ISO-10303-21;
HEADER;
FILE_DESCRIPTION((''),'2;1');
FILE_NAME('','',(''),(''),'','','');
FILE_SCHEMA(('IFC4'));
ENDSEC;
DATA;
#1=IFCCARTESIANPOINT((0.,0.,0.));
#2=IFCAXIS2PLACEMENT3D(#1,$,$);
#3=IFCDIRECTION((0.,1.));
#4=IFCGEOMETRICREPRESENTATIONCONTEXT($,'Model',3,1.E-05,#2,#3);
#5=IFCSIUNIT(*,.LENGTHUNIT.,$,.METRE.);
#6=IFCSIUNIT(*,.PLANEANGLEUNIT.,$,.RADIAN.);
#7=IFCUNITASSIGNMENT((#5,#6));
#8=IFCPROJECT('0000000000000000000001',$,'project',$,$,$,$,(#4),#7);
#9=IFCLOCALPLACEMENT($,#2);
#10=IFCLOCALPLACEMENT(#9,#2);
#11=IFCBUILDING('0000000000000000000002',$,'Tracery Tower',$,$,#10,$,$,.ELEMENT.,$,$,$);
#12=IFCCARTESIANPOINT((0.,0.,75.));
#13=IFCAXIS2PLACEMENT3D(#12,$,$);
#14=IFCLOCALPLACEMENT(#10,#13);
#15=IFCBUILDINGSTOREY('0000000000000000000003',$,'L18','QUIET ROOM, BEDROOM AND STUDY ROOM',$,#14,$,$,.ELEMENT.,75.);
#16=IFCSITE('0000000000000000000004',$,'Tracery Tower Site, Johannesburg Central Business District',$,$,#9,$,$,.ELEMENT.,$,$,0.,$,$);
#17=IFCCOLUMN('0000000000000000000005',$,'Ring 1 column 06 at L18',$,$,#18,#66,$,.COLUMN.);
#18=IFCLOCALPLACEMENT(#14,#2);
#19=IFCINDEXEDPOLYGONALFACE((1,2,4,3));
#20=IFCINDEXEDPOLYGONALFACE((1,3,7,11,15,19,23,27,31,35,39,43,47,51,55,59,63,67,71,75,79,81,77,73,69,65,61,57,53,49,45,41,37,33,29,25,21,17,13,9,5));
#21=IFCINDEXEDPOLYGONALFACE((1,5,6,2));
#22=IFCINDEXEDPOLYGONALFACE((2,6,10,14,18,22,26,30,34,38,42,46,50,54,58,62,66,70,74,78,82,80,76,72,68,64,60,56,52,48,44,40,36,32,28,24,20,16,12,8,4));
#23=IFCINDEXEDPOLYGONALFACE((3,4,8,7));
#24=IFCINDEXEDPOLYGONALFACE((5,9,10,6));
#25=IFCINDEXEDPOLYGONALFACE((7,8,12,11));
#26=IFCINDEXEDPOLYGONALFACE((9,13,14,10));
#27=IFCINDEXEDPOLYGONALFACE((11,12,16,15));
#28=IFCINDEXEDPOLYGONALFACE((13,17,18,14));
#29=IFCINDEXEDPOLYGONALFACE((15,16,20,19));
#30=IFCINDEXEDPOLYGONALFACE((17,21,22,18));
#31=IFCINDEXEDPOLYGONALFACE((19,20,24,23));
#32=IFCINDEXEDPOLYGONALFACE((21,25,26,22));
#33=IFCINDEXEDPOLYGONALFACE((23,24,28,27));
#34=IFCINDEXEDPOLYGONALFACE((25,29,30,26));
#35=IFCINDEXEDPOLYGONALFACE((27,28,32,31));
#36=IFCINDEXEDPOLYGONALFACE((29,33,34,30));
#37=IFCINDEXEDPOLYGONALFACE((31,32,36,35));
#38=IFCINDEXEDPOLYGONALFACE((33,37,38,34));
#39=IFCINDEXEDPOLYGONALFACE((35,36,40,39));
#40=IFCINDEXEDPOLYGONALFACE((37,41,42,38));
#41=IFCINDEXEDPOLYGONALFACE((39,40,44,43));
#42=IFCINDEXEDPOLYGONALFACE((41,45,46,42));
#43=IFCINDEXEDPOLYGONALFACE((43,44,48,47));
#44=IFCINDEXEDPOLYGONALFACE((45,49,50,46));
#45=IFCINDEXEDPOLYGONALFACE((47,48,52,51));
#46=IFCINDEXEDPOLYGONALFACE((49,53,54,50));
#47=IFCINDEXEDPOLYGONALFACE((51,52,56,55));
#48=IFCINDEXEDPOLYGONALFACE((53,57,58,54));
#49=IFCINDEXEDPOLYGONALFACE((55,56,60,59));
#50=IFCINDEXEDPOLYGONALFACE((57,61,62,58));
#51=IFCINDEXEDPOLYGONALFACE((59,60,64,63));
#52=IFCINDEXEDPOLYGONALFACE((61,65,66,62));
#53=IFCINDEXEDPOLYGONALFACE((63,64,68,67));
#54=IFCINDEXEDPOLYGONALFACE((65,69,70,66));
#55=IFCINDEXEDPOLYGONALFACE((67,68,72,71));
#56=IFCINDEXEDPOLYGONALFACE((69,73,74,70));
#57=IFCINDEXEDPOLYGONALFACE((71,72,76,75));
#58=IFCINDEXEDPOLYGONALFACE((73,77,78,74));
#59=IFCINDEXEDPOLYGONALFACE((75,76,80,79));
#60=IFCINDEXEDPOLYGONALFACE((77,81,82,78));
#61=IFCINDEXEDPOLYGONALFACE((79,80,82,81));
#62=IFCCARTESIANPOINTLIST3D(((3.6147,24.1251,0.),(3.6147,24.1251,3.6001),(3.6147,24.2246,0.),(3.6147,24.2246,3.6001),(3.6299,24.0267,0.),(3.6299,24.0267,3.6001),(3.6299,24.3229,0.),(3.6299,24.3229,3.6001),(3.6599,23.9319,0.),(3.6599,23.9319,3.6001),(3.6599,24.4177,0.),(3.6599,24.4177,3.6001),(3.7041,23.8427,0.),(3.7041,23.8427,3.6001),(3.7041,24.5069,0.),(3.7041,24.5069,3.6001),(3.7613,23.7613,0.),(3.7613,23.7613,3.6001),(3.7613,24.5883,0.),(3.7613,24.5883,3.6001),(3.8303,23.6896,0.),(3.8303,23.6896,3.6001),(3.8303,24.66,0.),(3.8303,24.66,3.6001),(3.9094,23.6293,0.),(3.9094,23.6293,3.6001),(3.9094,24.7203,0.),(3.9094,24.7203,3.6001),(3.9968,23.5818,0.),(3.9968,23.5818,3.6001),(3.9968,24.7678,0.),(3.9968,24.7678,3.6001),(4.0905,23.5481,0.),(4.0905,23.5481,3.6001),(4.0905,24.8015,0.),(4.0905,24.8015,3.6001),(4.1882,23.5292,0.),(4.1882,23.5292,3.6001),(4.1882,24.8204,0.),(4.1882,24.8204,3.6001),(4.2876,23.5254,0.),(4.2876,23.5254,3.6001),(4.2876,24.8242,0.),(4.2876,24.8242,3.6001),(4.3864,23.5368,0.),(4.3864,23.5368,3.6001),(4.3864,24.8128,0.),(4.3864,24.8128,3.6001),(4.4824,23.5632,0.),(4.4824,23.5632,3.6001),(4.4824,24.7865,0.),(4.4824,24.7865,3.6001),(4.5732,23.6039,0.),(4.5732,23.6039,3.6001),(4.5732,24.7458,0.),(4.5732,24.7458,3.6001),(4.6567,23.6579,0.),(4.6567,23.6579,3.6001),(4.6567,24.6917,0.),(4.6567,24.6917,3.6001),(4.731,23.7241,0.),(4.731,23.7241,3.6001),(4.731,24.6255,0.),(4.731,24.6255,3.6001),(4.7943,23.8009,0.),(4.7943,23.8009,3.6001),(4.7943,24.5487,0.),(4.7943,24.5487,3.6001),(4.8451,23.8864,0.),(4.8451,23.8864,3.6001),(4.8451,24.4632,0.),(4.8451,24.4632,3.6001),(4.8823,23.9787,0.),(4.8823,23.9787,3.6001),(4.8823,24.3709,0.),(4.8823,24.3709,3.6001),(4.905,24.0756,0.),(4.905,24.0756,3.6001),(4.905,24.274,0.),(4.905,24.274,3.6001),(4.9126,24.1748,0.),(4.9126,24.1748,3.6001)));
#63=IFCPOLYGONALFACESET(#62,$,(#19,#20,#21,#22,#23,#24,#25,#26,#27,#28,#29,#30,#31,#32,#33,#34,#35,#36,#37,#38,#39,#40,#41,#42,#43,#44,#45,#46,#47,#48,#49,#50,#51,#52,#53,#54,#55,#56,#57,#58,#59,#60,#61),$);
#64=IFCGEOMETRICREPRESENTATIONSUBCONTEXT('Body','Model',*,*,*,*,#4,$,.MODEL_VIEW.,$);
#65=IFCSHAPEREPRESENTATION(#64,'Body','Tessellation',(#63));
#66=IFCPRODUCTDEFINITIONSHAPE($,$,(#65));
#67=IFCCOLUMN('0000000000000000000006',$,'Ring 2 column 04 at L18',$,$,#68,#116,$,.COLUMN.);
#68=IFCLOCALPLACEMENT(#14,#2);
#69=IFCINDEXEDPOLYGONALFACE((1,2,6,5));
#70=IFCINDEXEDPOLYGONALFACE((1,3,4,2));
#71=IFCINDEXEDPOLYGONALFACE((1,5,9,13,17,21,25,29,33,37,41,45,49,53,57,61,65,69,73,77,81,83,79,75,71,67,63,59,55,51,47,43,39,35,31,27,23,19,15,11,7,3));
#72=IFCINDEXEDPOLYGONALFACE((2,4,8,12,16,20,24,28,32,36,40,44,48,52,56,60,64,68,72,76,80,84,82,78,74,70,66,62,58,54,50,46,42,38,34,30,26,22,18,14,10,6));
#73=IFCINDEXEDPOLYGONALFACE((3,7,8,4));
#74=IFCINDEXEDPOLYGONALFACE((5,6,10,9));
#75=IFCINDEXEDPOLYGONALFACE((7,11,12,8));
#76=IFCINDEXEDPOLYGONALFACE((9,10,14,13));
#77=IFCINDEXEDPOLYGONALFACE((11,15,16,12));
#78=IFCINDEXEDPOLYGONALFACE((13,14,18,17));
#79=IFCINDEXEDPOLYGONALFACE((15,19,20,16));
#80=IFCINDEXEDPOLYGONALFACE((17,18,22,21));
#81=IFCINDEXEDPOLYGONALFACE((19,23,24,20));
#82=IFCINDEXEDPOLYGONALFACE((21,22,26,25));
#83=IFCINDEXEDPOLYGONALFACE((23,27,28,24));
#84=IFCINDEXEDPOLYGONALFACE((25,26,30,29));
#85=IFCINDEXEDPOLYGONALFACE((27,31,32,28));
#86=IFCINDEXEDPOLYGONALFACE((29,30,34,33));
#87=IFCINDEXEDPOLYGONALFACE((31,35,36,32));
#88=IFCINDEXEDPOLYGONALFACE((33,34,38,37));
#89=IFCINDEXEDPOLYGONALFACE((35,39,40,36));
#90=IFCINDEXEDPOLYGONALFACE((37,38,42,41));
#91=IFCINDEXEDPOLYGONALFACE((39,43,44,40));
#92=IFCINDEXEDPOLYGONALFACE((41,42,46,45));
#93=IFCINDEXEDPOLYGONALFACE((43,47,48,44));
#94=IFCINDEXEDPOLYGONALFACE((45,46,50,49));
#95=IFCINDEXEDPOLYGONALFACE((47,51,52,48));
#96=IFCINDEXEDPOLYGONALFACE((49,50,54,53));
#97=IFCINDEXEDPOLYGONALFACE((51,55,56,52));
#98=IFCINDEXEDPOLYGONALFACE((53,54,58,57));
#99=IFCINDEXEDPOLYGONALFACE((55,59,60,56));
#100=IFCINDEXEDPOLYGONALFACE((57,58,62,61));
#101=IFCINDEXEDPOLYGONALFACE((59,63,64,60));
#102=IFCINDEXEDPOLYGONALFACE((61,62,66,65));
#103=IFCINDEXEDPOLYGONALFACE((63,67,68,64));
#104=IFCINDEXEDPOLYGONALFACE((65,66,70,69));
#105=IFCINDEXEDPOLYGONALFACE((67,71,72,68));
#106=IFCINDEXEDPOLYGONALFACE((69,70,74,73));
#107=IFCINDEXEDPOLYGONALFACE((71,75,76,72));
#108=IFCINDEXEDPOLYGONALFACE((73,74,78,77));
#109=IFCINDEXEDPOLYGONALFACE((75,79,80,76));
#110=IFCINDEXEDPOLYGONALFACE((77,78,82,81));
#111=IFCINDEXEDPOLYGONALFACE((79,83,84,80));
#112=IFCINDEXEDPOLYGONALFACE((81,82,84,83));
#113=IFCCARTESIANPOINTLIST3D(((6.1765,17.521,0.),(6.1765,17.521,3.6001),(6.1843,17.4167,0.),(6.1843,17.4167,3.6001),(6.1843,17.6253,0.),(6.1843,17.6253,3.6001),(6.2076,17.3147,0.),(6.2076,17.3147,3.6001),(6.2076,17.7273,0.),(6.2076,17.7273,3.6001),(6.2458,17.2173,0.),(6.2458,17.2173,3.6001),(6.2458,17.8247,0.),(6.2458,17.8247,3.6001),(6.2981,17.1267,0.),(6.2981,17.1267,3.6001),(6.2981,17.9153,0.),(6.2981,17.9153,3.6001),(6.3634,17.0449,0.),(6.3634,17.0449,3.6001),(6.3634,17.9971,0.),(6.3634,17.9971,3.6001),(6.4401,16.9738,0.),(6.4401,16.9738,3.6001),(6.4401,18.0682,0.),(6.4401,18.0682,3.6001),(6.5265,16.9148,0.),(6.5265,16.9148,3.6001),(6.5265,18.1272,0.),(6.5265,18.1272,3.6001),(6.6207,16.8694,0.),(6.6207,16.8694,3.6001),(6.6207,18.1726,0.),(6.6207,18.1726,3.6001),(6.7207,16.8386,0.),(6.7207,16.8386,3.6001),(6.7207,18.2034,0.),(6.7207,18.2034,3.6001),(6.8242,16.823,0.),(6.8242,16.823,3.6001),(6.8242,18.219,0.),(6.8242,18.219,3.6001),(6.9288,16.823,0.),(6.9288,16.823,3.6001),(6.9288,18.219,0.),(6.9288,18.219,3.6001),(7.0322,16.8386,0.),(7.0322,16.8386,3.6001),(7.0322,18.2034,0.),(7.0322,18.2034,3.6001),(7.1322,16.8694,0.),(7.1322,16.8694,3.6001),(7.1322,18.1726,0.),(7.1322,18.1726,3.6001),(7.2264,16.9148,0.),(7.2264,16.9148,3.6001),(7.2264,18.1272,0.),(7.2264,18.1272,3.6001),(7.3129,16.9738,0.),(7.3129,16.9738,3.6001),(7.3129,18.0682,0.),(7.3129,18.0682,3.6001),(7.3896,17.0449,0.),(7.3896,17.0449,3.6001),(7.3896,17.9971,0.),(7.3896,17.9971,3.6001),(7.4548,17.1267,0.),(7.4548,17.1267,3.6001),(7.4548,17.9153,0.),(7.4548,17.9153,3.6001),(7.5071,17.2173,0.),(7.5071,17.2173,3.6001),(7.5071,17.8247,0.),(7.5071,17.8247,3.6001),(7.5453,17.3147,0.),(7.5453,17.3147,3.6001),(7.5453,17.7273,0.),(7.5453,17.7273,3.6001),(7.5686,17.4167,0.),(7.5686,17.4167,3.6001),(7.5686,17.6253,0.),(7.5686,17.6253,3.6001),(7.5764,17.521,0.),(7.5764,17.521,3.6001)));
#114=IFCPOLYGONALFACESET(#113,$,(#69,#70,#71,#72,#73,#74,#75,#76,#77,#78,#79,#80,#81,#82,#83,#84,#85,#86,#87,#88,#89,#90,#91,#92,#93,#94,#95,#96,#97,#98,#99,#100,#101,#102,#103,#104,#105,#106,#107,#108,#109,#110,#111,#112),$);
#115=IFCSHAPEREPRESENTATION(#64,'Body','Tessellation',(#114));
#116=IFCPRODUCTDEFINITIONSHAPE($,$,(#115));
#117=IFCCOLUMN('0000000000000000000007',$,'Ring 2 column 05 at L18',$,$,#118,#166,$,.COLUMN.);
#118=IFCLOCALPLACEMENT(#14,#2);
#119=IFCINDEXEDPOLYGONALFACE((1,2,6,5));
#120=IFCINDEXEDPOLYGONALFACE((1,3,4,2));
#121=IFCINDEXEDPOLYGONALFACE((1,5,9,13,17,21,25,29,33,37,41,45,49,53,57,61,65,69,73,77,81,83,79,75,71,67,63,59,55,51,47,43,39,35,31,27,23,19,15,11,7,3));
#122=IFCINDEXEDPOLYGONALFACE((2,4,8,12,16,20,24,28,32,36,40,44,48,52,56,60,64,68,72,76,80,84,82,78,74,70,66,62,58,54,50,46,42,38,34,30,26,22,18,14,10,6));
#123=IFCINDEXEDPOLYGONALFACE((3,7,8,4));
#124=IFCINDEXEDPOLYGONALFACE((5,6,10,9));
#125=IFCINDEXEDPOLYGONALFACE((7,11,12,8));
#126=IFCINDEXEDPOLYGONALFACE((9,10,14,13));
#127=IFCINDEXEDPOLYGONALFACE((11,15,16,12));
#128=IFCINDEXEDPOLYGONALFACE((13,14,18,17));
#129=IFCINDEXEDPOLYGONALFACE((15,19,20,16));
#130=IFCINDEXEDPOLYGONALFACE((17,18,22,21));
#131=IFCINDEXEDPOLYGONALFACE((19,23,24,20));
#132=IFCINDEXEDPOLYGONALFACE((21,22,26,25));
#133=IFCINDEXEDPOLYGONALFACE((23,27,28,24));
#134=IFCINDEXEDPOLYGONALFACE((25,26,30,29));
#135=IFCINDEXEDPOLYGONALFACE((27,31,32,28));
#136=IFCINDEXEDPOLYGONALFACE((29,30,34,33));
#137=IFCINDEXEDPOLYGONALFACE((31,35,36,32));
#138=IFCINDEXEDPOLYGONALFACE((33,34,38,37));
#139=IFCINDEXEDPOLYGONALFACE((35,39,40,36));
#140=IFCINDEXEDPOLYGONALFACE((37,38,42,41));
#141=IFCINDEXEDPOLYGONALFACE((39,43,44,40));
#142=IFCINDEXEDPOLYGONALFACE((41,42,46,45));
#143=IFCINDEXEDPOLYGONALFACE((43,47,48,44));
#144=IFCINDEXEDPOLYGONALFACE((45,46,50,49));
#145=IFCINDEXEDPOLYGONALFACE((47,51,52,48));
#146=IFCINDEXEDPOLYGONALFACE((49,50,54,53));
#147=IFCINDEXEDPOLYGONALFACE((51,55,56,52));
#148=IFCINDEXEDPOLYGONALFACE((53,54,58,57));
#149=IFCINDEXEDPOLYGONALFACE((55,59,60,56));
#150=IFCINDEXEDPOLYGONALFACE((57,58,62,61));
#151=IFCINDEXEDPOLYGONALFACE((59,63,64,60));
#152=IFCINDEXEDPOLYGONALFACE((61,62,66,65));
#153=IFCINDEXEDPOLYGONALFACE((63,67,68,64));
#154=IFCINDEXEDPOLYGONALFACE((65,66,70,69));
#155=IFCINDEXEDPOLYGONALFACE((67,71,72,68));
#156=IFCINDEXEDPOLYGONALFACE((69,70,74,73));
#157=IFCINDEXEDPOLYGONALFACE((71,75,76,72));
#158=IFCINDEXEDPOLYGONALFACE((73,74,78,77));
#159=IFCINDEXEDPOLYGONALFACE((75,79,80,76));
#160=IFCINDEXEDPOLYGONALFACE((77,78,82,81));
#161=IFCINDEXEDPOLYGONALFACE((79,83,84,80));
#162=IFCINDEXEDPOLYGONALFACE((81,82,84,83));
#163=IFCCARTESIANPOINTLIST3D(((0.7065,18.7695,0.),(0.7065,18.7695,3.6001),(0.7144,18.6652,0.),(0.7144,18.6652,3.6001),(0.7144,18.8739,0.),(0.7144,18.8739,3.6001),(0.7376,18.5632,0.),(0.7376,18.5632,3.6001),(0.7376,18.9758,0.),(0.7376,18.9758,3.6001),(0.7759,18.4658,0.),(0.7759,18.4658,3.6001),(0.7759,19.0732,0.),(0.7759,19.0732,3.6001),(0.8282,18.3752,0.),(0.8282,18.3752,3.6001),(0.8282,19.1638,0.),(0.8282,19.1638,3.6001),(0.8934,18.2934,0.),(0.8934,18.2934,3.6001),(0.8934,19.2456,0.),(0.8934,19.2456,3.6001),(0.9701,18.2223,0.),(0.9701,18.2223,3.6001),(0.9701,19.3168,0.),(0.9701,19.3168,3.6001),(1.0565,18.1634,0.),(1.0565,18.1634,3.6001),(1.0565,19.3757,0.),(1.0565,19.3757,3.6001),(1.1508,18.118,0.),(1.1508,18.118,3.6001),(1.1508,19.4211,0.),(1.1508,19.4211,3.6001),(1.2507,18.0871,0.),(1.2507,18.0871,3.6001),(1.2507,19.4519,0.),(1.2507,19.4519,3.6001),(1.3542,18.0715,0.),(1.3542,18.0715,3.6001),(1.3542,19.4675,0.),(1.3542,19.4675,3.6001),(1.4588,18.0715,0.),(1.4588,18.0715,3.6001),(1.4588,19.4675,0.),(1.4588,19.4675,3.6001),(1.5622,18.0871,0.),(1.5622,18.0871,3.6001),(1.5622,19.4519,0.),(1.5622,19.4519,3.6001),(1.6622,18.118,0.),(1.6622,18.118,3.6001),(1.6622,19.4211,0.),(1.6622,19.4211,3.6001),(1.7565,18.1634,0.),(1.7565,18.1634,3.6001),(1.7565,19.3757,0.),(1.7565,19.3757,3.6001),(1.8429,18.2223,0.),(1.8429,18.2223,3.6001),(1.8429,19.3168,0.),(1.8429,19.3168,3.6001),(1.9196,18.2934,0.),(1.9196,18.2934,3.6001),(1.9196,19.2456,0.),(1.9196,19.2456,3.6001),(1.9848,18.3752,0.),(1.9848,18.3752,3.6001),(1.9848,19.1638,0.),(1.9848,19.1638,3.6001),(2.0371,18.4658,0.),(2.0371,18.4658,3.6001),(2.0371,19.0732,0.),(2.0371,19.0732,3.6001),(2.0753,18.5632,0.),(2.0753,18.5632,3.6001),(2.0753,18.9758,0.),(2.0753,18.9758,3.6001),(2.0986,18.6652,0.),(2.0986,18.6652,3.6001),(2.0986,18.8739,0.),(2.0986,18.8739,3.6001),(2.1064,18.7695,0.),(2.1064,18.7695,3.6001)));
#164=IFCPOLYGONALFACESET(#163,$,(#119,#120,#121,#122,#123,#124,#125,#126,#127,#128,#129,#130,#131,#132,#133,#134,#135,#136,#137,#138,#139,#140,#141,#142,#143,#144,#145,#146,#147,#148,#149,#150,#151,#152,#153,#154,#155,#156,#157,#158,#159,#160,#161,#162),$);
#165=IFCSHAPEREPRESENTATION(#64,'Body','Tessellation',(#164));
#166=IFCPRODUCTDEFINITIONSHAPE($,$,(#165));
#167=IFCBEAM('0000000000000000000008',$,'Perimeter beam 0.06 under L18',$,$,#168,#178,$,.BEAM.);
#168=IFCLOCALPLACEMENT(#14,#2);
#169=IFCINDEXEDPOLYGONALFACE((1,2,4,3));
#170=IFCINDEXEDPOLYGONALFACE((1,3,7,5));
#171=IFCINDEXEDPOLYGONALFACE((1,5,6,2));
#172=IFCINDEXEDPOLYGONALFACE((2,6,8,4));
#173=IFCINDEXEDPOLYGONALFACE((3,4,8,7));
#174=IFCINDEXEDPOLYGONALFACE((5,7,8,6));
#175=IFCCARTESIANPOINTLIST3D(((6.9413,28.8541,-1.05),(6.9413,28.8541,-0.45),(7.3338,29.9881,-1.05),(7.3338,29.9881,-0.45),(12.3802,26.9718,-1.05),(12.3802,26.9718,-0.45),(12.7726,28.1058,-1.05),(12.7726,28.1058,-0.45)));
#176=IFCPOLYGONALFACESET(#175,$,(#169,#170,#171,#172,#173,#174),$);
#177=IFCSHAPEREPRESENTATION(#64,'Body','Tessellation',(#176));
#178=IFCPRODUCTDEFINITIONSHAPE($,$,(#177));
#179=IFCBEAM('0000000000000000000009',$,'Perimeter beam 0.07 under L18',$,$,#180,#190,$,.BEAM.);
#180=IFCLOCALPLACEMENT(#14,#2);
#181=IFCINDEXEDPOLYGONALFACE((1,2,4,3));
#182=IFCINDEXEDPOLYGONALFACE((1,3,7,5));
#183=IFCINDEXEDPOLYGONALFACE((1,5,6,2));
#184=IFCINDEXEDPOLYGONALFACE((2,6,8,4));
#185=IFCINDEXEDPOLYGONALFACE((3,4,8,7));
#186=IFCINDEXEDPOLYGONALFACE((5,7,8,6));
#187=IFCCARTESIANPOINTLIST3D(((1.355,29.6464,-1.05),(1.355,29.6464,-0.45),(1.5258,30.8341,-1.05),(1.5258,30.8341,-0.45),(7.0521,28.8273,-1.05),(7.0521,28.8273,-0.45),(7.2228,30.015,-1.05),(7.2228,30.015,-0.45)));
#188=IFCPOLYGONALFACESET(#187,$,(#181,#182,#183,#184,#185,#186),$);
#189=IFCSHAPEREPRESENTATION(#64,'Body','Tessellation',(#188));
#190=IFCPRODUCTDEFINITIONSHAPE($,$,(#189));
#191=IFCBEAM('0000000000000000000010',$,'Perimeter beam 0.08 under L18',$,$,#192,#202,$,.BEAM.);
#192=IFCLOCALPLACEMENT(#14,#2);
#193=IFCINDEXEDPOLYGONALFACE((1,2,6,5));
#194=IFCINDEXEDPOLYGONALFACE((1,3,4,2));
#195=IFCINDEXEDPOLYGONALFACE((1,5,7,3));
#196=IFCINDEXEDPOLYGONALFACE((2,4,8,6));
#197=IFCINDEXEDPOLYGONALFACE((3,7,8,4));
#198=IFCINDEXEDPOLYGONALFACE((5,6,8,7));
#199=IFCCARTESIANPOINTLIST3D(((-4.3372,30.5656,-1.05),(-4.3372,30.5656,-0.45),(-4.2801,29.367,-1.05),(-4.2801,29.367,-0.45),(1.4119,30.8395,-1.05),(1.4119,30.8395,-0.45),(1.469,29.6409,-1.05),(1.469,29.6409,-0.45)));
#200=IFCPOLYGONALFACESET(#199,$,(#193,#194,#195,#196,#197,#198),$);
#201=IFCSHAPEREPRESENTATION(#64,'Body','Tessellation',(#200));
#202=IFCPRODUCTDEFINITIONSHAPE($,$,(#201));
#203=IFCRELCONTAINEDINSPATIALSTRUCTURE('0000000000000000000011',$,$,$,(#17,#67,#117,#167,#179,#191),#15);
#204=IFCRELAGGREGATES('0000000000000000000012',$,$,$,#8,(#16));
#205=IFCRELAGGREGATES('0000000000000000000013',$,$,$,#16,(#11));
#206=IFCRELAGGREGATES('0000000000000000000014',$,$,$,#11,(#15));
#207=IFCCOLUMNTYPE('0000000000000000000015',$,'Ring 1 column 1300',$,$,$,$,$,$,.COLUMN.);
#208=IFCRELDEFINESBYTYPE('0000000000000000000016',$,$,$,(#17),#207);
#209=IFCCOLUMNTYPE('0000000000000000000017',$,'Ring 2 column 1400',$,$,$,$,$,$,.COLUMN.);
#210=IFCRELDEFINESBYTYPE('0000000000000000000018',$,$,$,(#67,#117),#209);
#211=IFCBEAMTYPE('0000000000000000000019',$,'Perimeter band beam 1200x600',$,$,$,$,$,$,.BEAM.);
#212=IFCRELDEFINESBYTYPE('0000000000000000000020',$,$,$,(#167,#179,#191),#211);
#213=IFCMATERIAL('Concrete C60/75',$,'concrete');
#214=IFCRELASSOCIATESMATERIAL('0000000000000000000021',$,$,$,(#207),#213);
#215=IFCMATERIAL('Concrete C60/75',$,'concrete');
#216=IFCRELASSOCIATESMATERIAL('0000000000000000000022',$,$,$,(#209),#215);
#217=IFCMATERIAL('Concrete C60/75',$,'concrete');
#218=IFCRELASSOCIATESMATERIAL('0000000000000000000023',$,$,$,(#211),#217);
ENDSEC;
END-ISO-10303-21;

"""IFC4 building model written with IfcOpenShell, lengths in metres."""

from ifc_helpers import new_model, si_unit, direction, frame, origin, origin_2d, place, context, subcontext, project, spatial, rectangle, circle, extrude, material, material_profile, profile_set, type_object, element, save


model = new_model("IFC4")

# Units and contexts
model_context = context("Model", 3, precision=1e-05, world=origin(), true_north=direction((0.0, 1.0)))
body_context = subcontext(model_context, "Body", "Model", "MODEL_VIEW")
ifc_project = project(units=[si_unit("LENGTHUNIT", "METRE"), si_unit("PLANEANGLEUNIT", "RADIAN")], contexts=[model_context])

# Site, building, storey
site_placement = place(None, origin())
site = spatial("IfcSite", under=ifc_project, at=site_placement, Name="Tracery Tower Site, Johannesburg Central Business District", CompositionType="ELEMENT", RefElevation=0.0)
building_placement = place(site_placement, origin())
building = spatial("IfcBuilding", under=site, at=building_placement, Name="Tracery Tower", CompositionType="ELEMENT")
storey_placement = place(building_placement, frame((0.0, 0.0, 75.0)))
storey = spatial("IfcBuildingStorey", under=building, at=storey_placement, Name="L18", Description="QUIET ROOM, BEDROOM AND STUDY ROOM", CompositionType="ELEMENT", Elevation=75.0)

# Columns
ifc_material_1 = material(Name="Concrete C60/75", Category="concrete")
ifc_material_profile_1 = material_profile(ifc_material_1, circle(Radius=0.6499, at=origin_2d()), Name="RC D1300")
ifc_profile_set_1 = profile_set([ifc_material_profile_1], Name="Concrete C60/75")
column_type_1 = type_object("IfcColumnType", Name="Ring 1 column 1300", PredefinedType="COLUMN", material=ifc_profile_set_1)
for number, where, z_axis, x_axis, name in (
    (1, (4.2627, 24.1748, 0.0), (0.0, 0.0, 1.0), (1.0, 0.0, 0.0), "Ring 1 column 06 at L18"),
):
    element("IfcColumn", number, at=place(storey_placement, frame(where, z_axis=z_axis, x_axis=x_axis)), inside=storey, type_object=column_type_1, Name=name, PredefinedType="COLUMN", context=body_context, shape_type="SweptSolid", body=[
        extrude(circle(Radius=0.6499, at=origin_2d()), origin(), (0.0, 0.0, 1.0), 3.6001),
    ])
ifc_material_2 = material(Name="Concrete C60/75", Category="concrete")
ifc_material_profile_2 = material_profile(ifc_material_2, circle(Radius=0.7, at=origin_2d()), Name="RC D1400")
ifc_profile_set_2 = profile_set([ifc_material_profile_2], Name="Concrete C60/75")
column_type_2 = type_object("IfcColumnType", Name="Ring 2 column 1400", PredefinedType="COLUMN", material=ifc_profile_set_2)
for number, where, z_axis, x_axis, name in (
    (2, (6.8765, 17.521, 0.0), (0.0, 0.0, 1.0), (1.0, 0.0, 0.0), "Ring 2 column 04 at L18"),
    (3, (1.4065, 18.7695, 0.0), (0.0, 0.0, 1.0), (1.0, 0.0, 0.0), "Ring 2 column 05 at L18"),
):
    element("IfcColumn", number, at=place(storey_placement, frame(where, z_axis=z_axis, x_axis=x_axis)), inside=storey, type_object=column_type_2, Name=name, PredefinedType="COLUMN", context=body_context, shape_type="SweptSolid", body=[
        extrude(circle(Radius=0.7, at=origin_2d()), origin(), (0.0, 0.0, 1.0), 3.6001),
    ])

# Beams
ifc_material_3 = material(Name="Concrete C60/75", Category="concrete")
ifc_material_profile_3 = material_profile(ifc_material_3, rectangle(XDim=1.2, YDim=0.6001, at=origin_2d()), Name="RC 1200x600")
ifc_profile_set_3 = profile_set([ifc_material_profile_3], Name="Concrete C60/75")
beam_type = type_object("IfcBeamType", Name="Perimeter band beam 1200x600", PredefinedType="BEAM", material=ifc_profile_set_3)
beam_placement = place(storey_placement, frame((12.5764, 27.5388, -0.75), z_axis=(-0.945007, 0.327049, 0.0), x_axis=(-0.327049, -0.945007, 0.0)))
element("IfcBeam", 4, at=beam_placement, inside=storey, type_object=beam_type, Name="Perimeter beam 0.06 under L18", PredefinedType="BEAM", context=body_context, shape_type="SweptSolid", body=[
    extrude(rectangle(XDim=1.2, YDim=0.6001, at=origin_2d()), origin(), (0.0, 0.0, 1.0), 5.7554),
])
for number, where, z_axis, x_axis, name in (
    (5, (7.1375, 29.4211, -0.75), (-0.989822, 0.142312, 0.0), (-0.142312, -0.989822, 0.0), "Perimeter beam 0.07 under L18"),
    (6, (1.4404, 30.2402, -0.75), (-0.998867, -0.047593, 0.0), (0.047593, -0.998867, 0.0), "Perimeter beam 0.08 under L18"),
):
    element("IfcBeam", number, at=place(storey_placement, frame(where, z_axis=z_axis, x_axis=x_axis)), inside=storey, type_object=beam_type, Name=name, PredefinedType="BEAM", context=body_context, shape_type="SweptSolid", body=[
        extrude(rectangle(XDim=1.2, YDim=0.6001, at=origin_2d()), origin(), (0.0, 0.0, 1.0), 5.7556),
    ])

save(model, "model.ifc")
